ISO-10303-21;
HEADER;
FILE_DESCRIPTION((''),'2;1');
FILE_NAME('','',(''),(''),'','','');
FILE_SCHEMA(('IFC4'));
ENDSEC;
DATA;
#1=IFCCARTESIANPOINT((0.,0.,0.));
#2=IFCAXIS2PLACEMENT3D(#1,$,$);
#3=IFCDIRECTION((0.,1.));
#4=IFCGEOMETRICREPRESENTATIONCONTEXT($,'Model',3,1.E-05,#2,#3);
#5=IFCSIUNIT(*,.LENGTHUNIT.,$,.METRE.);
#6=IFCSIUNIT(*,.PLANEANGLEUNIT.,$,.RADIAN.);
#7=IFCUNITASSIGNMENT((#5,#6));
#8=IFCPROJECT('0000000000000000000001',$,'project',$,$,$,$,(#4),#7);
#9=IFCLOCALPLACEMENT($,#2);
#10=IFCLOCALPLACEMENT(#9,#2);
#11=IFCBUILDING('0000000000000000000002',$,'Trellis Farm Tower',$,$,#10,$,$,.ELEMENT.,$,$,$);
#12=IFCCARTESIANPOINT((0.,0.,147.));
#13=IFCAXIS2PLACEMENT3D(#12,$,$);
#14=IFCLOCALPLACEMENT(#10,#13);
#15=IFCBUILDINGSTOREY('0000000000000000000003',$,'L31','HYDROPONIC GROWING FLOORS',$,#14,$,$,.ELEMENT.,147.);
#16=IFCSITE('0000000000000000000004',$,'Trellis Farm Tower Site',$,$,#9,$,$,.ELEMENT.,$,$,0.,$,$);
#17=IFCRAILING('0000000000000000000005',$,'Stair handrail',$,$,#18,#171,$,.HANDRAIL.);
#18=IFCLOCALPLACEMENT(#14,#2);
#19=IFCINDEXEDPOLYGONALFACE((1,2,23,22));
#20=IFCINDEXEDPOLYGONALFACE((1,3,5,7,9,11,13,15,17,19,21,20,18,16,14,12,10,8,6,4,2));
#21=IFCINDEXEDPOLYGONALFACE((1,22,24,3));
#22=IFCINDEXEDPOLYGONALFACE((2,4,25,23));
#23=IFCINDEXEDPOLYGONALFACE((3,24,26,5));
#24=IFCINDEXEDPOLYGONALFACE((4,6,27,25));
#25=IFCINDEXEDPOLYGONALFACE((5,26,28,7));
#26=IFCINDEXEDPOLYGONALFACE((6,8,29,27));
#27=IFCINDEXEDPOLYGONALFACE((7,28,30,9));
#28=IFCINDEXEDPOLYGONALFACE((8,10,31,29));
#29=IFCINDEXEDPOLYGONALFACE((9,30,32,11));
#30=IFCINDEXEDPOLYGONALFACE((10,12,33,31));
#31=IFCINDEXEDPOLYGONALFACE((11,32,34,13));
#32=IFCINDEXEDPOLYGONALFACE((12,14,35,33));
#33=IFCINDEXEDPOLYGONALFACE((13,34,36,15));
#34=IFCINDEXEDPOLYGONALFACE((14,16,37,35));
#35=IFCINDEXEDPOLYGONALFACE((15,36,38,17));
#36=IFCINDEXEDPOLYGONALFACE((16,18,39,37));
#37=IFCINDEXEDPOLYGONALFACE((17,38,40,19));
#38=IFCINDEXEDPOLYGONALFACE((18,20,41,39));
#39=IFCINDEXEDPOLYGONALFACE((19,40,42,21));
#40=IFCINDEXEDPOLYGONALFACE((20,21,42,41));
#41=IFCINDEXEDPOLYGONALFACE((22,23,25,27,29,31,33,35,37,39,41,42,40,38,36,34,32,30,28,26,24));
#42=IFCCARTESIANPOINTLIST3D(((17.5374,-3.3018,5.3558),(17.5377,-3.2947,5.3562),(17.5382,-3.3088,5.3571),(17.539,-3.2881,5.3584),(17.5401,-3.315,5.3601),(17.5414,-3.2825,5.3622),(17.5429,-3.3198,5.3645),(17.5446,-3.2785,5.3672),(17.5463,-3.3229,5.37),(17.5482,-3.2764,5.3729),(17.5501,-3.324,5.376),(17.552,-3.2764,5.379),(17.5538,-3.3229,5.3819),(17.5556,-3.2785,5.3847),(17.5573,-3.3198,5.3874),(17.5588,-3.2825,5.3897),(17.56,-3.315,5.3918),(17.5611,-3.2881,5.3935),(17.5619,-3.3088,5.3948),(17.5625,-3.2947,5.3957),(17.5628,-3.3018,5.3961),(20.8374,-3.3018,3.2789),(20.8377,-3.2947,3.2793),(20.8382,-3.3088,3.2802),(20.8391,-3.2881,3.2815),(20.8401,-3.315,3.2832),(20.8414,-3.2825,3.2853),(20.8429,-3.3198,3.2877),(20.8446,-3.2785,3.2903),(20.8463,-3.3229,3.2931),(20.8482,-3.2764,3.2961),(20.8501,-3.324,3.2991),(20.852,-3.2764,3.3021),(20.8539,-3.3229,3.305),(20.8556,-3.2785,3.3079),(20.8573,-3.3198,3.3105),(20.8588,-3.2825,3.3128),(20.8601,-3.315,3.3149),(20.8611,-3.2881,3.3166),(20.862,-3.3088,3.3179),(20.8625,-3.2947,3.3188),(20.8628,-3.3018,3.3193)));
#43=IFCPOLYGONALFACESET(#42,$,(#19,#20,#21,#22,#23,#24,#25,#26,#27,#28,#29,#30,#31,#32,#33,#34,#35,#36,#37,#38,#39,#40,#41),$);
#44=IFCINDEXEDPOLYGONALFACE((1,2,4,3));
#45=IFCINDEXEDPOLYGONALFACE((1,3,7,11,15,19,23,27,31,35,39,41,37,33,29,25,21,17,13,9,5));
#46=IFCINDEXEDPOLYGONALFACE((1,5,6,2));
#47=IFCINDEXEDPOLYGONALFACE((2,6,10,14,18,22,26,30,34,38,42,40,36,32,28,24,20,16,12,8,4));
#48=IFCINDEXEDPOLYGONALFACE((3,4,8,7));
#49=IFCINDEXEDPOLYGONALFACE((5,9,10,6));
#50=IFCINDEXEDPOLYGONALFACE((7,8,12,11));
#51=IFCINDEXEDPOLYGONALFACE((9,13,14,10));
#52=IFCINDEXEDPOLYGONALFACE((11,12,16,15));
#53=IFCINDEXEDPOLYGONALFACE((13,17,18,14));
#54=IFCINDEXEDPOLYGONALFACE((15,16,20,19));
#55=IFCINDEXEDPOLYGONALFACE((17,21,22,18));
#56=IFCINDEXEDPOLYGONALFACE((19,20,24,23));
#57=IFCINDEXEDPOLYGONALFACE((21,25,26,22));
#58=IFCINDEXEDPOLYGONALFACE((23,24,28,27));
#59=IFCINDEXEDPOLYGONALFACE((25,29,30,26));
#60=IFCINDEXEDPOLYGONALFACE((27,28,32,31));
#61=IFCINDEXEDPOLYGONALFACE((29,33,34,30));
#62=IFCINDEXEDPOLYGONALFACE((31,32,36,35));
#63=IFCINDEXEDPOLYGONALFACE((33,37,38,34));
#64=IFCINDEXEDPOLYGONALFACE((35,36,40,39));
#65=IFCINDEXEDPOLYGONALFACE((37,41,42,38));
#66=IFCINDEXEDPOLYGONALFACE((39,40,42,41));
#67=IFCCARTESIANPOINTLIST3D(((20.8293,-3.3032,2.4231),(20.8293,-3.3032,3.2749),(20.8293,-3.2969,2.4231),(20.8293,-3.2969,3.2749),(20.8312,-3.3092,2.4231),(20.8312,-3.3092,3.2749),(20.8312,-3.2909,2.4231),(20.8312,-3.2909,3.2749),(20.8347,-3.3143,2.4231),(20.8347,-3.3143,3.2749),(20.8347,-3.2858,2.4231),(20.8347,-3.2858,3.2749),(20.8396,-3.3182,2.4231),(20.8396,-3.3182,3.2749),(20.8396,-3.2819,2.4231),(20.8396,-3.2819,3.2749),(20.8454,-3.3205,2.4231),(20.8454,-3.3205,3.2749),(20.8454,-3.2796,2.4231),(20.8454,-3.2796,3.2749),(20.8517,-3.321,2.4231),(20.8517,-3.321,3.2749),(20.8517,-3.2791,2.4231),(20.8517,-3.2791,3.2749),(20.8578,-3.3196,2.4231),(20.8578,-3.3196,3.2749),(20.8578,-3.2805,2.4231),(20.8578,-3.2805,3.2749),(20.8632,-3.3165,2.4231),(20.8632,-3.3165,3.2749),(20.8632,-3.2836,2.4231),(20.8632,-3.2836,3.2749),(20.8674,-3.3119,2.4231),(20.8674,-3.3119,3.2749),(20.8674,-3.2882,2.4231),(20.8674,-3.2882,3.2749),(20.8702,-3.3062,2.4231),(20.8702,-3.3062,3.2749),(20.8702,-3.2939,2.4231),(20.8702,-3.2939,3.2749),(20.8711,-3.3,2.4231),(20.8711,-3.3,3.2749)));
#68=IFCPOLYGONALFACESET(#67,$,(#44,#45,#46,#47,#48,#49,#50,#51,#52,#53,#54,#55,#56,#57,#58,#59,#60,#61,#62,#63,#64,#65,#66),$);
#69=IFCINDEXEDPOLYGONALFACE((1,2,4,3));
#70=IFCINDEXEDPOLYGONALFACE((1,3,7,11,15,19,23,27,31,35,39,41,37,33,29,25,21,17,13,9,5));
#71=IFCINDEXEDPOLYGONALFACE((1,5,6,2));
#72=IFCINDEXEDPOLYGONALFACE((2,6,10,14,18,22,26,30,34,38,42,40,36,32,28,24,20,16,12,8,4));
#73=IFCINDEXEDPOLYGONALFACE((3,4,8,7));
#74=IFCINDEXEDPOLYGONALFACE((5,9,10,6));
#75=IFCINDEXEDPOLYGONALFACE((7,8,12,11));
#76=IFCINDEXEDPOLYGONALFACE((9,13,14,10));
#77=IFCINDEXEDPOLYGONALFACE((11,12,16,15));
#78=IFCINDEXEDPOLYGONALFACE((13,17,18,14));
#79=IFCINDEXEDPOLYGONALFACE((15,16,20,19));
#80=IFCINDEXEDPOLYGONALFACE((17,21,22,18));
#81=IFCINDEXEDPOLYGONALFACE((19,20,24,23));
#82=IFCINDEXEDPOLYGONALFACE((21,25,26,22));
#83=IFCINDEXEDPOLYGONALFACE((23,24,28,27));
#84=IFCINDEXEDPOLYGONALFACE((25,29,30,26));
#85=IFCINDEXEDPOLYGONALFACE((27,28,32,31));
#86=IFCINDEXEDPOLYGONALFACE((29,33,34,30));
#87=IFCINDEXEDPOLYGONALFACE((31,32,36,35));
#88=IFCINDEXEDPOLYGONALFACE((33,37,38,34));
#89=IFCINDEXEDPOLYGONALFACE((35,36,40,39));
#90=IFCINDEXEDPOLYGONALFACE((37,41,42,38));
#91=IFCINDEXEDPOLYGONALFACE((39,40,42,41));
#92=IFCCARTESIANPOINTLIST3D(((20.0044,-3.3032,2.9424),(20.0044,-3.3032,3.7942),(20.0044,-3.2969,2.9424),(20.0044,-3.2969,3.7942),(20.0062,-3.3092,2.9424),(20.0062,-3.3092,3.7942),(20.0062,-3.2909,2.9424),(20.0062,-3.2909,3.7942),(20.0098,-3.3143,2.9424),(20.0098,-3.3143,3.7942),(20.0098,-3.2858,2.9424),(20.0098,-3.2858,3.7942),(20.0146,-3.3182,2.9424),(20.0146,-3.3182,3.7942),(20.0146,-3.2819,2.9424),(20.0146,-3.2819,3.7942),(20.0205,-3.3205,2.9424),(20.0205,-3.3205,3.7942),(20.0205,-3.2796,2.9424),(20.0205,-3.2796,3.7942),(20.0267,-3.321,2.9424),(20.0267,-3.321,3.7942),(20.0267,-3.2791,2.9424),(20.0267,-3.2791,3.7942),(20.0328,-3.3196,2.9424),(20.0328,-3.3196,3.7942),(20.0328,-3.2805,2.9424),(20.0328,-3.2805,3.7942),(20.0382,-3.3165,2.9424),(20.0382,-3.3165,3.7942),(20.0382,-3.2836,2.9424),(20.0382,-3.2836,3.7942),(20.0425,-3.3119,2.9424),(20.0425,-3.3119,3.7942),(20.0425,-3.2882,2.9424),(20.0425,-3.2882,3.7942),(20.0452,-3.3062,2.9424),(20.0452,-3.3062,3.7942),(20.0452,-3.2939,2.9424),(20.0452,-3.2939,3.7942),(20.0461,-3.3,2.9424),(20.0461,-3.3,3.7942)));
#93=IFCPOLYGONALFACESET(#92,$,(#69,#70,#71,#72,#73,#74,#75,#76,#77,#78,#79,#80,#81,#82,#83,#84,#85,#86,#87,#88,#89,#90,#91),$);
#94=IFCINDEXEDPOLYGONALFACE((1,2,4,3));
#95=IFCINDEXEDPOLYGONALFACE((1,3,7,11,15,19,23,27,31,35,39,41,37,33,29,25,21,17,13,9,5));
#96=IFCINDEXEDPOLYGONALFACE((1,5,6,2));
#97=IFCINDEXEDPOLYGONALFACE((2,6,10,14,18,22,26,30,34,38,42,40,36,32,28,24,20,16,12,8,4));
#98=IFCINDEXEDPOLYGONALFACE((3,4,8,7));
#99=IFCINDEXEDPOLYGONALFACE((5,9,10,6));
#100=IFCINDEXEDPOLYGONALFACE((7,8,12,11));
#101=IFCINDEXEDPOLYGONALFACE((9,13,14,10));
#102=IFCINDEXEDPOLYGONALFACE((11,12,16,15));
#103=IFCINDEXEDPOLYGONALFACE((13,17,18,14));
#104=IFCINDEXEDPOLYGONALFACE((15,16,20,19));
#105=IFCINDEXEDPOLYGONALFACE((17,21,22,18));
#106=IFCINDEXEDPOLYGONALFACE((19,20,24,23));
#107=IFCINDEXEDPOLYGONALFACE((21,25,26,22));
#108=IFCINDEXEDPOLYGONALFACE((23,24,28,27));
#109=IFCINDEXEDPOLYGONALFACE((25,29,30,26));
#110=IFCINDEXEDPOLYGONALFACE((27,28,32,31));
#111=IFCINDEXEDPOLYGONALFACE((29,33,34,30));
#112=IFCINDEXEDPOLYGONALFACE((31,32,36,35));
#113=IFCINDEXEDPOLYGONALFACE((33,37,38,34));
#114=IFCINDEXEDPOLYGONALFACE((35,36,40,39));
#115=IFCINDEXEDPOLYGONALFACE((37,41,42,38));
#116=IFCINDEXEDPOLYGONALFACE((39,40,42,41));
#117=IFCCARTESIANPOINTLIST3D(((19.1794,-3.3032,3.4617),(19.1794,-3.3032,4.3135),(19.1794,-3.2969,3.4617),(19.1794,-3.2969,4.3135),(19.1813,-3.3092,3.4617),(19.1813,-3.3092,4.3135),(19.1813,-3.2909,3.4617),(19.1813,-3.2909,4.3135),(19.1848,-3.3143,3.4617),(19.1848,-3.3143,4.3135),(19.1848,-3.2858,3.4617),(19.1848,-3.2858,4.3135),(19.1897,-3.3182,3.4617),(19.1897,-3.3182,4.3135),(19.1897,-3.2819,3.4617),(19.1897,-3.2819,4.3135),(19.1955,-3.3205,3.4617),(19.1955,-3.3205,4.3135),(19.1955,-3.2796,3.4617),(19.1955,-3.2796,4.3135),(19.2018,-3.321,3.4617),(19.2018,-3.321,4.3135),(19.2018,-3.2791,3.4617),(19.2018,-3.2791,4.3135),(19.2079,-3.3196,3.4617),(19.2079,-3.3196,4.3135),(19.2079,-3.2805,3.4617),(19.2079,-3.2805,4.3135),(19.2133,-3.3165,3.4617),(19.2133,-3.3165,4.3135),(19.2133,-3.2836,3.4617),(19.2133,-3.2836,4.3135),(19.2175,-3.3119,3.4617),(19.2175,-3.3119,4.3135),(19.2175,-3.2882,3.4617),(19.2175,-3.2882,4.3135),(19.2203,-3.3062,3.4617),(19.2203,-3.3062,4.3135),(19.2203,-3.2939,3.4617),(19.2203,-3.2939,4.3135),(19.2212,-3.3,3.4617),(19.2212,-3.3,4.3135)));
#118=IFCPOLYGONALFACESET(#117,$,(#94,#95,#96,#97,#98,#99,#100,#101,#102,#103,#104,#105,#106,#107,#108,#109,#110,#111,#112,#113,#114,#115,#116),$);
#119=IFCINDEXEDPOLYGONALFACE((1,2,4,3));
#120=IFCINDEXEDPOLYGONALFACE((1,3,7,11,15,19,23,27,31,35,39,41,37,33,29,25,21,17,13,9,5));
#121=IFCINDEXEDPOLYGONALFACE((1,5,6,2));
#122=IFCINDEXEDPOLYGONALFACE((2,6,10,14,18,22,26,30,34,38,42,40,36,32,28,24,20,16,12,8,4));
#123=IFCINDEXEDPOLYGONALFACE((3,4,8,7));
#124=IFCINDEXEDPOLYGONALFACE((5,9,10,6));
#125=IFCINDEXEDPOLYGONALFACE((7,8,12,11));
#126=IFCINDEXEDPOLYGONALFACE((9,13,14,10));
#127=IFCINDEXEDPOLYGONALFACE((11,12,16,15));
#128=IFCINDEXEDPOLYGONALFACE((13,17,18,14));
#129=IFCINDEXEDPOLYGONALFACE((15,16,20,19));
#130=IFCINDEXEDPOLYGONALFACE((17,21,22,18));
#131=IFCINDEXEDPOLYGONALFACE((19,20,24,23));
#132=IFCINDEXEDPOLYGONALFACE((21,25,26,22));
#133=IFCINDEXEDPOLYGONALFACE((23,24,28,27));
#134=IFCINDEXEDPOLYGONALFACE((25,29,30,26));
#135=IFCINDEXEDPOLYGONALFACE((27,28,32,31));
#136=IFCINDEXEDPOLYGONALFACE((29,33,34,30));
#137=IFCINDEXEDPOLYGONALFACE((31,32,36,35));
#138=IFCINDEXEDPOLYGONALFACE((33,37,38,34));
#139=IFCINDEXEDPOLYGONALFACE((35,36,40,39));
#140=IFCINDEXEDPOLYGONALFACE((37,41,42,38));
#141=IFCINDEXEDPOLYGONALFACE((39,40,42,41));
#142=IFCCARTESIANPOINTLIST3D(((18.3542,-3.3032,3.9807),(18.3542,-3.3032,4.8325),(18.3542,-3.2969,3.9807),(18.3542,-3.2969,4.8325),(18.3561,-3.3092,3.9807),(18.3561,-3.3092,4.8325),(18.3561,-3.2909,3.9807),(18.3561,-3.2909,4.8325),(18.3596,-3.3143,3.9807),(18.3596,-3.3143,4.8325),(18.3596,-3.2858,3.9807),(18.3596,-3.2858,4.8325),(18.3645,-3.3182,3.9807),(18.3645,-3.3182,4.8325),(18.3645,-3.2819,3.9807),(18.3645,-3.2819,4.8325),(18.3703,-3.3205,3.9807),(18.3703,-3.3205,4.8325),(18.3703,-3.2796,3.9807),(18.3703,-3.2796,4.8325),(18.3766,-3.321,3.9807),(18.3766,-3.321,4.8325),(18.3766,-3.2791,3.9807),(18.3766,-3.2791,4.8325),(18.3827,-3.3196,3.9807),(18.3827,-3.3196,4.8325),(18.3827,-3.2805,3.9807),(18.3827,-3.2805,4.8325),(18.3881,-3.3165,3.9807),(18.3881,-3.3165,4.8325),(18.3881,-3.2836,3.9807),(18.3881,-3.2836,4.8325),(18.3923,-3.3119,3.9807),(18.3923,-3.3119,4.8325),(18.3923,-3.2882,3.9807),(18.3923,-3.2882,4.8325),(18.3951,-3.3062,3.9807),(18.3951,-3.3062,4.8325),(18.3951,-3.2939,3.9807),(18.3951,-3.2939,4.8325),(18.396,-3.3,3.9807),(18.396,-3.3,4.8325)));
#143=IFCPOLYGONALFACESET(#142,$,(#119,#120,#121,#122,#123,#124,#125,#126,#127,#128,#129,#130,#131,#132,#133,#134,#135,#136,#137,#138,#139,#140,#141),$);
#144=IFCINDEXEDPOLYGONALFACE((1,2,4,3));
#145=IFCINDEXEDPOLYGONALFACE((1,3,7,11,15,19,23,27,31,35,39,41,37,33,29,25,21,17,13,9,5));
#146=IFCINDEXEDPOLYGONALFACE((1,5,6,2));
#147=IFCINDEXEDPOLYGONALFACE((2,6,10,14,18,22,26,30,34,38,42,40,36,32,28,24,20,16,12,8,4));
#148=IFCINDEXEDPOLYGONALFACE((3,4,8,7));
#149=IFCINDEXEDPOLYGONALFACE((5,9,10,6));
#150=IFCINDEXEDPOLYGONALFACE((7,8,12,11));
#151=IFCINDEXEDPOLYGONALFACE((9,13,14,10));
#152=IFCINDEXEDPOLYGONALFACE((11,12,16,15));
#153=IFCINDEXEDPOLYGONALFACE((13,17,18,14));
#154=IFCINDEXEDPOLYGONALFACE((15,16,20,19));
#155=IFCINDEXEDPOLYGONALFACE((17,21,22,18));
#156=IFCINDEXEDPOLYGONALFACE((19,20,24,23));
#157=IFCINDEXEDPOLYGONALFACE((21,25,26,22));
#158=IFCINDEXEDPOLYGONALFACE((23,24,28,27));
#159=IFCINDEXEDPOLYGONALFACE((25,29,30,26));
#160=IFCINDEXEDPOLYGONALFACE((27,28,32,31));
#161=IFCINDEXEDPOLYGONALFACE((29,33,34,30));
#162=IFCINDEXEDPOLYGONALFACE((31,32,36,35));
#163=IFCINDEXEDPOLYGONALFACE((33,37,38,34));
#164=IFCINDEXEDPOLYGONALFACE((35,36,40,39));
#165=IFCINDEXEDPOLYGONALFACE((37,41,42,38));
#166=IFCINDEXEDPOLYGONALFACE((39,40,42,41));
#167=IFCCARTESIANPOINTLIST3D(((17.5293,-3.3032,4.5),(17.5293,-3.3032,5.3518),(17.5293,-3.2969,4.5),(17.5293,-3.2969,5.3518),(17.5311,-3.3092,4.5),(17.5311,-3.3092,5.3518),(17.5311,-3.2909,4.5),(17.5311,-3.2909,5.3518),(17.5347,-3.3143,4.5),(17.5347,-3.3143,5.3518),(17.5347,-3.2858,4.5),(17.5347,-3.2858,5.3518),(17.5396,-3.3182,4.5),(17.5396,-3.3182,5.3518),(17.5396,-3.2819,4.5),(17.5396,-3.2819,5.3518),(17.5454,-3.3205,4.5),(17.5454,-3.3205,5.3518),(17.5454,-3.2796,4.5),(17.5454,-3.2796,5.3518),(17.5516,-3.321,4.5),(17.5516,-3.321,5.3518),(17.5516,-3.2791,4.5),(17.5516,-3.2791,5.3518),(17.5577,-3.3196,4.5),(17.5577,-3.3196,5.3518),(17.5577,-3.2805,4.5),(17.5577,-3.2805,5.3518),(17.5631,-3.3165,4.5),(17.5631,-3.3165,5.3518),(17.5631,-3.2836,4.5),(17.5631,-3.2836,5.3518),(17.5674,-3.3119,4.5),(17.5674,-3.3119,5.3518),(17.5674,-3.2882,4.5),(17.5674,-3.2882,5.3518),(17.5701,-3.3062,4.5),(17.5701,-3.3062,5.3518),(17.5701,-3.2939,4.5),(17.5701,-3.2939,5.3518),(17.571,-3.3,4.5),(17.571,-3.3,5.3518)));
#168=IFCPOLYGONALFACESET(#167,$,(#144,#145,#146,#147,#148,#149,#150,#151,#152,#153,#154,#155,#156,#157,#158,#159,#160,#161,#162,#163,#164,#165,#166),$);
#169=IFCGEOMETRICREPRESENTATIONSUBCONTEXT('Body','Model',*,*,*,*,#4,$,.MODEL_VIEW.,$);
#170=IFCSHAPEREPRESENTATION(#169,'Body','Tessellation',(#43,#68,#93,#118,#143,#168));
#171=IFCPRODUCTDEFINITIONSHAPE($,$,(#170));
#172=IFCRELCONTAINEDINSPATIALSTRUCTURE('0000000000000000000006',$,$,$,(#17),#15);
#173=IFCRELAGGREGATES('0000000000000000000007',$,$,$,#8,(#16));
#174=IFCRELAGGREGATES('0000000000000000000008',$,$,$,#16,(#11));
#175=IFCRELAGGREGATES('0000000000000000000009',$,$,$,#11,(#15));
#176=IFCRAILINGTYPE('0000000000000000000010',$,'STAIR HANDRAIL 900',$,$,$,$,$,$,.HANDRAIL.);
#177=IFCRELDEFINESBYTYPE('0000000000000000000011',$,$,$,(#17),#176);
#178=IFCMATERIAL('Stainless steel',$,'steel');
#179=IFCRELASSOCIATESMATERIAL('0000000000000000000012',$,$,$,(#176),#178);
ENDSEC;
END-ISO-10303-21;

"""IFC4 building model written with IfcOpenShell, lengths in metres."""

from ifc_helpers import new_model, si_unit, direction, frame, origin, origin_2d, place, context, subcontext, project, spatial, circle, extrude, source, transform, mapped, material, type_object, element, save


model = new_model("IFC4")

# Units and contexts
model_context = context("Model", 3, precision=1e-05, world=origin(), true_north=direction((0.0, 1.0)))
body_context = subcontext(model_context, "Body", "Model", "MODEL_VIEW")
ifc_project = project(units=[si_unit("LENGTHUNIT", "METRE"), si_unit("PLANEANGLEUNIT", "RADIAN")], contexts=[model_context])

# Site, building, storey
site_placement = place(None, origin())
site = spatial("IfcSite", under=ifc_project, at=site_placement, Name="Trellis Farm Tower Site", CompositionType="ELEMENT", RefElevation=0.0)
building_placement = place(site_placement, origin())
building = spatial("IfcBuilding", under=site, at=building_placement, Name="Trellis Farm Tower", CompositionType="ELEMENT")
storey_placement = place(building_placement, frame((0.0, 0.0, 147.0)))
storey = spatial("IfcBuildingStorey", under=building, at=storey_placement, Name="L31", Description="HYDROPONIC GROWING FLOORS", CompositionType="ELEMENT", Elevation=147.0)

# Railing
ifc_material_1 = material(Name="Stainless steel", Category="steel")
railing_type = type_object("IfcRailingType", Name="STAIR HANDRAIL 900", PredefinedType="HANDRAIL", material=ifc_material_1)
shared_shape_1 = source(origin(), body_context, "Body", "SweptSolid", [
    extrude(circle(Radius=0.0239, at=origin_2d()), frame((0.0, 0.0, 0.876), z_axis=(-0.846337, 0.0, 0.532647), x_axis=(0.0, -1.0, 0.0)), (0.0, 0.0, 1.0), 3.8992),
    extrude(circle(Radius=0.021, at=origin_2d()), origin(), (0.0, 0.0, 1.0), 0.8518),
    extrude(circle(Radius=0.021, at=origin_2d()), frame((-0.825, 0.0, 0.5193)), (0.0, 0.0, 1.0), 0.8518),
    extrude(circle(Radius=0.021, at=origin_2d()), frame((-1.6499, 0.0, 1.0386)), (0.0, 0.0, 1.0), 0.8518),
    extrude(circle(Radius=0.021, at=origin_2d()), frame((-2.4751, 0.0, 1.5576)), (0.0, 0.0, 1.0), 0.8518),
    extrude(circle(Radius=0.021, at=origin_2d()), frame((-3.3, 0.0, 2.0769)), (0.0, 0.0, 1.0), 0.8518),
])
for number, where, name in (
    (1, (20.8501, -3.3, 2.4231), "Stair handrail"),
):
    element("IfcRailing", number, at=place(storey_placement, frame(where)), inside=storey, type_object=railing_type, Name=name, PredefinedType="HANDRAIL", context=body_context, shape_type="MappedRepresentation", body=[
        mapped(shared_shape_1, transform((0.0, 0.0, 0.0))),
    ])

save(model, "model.ifc")
